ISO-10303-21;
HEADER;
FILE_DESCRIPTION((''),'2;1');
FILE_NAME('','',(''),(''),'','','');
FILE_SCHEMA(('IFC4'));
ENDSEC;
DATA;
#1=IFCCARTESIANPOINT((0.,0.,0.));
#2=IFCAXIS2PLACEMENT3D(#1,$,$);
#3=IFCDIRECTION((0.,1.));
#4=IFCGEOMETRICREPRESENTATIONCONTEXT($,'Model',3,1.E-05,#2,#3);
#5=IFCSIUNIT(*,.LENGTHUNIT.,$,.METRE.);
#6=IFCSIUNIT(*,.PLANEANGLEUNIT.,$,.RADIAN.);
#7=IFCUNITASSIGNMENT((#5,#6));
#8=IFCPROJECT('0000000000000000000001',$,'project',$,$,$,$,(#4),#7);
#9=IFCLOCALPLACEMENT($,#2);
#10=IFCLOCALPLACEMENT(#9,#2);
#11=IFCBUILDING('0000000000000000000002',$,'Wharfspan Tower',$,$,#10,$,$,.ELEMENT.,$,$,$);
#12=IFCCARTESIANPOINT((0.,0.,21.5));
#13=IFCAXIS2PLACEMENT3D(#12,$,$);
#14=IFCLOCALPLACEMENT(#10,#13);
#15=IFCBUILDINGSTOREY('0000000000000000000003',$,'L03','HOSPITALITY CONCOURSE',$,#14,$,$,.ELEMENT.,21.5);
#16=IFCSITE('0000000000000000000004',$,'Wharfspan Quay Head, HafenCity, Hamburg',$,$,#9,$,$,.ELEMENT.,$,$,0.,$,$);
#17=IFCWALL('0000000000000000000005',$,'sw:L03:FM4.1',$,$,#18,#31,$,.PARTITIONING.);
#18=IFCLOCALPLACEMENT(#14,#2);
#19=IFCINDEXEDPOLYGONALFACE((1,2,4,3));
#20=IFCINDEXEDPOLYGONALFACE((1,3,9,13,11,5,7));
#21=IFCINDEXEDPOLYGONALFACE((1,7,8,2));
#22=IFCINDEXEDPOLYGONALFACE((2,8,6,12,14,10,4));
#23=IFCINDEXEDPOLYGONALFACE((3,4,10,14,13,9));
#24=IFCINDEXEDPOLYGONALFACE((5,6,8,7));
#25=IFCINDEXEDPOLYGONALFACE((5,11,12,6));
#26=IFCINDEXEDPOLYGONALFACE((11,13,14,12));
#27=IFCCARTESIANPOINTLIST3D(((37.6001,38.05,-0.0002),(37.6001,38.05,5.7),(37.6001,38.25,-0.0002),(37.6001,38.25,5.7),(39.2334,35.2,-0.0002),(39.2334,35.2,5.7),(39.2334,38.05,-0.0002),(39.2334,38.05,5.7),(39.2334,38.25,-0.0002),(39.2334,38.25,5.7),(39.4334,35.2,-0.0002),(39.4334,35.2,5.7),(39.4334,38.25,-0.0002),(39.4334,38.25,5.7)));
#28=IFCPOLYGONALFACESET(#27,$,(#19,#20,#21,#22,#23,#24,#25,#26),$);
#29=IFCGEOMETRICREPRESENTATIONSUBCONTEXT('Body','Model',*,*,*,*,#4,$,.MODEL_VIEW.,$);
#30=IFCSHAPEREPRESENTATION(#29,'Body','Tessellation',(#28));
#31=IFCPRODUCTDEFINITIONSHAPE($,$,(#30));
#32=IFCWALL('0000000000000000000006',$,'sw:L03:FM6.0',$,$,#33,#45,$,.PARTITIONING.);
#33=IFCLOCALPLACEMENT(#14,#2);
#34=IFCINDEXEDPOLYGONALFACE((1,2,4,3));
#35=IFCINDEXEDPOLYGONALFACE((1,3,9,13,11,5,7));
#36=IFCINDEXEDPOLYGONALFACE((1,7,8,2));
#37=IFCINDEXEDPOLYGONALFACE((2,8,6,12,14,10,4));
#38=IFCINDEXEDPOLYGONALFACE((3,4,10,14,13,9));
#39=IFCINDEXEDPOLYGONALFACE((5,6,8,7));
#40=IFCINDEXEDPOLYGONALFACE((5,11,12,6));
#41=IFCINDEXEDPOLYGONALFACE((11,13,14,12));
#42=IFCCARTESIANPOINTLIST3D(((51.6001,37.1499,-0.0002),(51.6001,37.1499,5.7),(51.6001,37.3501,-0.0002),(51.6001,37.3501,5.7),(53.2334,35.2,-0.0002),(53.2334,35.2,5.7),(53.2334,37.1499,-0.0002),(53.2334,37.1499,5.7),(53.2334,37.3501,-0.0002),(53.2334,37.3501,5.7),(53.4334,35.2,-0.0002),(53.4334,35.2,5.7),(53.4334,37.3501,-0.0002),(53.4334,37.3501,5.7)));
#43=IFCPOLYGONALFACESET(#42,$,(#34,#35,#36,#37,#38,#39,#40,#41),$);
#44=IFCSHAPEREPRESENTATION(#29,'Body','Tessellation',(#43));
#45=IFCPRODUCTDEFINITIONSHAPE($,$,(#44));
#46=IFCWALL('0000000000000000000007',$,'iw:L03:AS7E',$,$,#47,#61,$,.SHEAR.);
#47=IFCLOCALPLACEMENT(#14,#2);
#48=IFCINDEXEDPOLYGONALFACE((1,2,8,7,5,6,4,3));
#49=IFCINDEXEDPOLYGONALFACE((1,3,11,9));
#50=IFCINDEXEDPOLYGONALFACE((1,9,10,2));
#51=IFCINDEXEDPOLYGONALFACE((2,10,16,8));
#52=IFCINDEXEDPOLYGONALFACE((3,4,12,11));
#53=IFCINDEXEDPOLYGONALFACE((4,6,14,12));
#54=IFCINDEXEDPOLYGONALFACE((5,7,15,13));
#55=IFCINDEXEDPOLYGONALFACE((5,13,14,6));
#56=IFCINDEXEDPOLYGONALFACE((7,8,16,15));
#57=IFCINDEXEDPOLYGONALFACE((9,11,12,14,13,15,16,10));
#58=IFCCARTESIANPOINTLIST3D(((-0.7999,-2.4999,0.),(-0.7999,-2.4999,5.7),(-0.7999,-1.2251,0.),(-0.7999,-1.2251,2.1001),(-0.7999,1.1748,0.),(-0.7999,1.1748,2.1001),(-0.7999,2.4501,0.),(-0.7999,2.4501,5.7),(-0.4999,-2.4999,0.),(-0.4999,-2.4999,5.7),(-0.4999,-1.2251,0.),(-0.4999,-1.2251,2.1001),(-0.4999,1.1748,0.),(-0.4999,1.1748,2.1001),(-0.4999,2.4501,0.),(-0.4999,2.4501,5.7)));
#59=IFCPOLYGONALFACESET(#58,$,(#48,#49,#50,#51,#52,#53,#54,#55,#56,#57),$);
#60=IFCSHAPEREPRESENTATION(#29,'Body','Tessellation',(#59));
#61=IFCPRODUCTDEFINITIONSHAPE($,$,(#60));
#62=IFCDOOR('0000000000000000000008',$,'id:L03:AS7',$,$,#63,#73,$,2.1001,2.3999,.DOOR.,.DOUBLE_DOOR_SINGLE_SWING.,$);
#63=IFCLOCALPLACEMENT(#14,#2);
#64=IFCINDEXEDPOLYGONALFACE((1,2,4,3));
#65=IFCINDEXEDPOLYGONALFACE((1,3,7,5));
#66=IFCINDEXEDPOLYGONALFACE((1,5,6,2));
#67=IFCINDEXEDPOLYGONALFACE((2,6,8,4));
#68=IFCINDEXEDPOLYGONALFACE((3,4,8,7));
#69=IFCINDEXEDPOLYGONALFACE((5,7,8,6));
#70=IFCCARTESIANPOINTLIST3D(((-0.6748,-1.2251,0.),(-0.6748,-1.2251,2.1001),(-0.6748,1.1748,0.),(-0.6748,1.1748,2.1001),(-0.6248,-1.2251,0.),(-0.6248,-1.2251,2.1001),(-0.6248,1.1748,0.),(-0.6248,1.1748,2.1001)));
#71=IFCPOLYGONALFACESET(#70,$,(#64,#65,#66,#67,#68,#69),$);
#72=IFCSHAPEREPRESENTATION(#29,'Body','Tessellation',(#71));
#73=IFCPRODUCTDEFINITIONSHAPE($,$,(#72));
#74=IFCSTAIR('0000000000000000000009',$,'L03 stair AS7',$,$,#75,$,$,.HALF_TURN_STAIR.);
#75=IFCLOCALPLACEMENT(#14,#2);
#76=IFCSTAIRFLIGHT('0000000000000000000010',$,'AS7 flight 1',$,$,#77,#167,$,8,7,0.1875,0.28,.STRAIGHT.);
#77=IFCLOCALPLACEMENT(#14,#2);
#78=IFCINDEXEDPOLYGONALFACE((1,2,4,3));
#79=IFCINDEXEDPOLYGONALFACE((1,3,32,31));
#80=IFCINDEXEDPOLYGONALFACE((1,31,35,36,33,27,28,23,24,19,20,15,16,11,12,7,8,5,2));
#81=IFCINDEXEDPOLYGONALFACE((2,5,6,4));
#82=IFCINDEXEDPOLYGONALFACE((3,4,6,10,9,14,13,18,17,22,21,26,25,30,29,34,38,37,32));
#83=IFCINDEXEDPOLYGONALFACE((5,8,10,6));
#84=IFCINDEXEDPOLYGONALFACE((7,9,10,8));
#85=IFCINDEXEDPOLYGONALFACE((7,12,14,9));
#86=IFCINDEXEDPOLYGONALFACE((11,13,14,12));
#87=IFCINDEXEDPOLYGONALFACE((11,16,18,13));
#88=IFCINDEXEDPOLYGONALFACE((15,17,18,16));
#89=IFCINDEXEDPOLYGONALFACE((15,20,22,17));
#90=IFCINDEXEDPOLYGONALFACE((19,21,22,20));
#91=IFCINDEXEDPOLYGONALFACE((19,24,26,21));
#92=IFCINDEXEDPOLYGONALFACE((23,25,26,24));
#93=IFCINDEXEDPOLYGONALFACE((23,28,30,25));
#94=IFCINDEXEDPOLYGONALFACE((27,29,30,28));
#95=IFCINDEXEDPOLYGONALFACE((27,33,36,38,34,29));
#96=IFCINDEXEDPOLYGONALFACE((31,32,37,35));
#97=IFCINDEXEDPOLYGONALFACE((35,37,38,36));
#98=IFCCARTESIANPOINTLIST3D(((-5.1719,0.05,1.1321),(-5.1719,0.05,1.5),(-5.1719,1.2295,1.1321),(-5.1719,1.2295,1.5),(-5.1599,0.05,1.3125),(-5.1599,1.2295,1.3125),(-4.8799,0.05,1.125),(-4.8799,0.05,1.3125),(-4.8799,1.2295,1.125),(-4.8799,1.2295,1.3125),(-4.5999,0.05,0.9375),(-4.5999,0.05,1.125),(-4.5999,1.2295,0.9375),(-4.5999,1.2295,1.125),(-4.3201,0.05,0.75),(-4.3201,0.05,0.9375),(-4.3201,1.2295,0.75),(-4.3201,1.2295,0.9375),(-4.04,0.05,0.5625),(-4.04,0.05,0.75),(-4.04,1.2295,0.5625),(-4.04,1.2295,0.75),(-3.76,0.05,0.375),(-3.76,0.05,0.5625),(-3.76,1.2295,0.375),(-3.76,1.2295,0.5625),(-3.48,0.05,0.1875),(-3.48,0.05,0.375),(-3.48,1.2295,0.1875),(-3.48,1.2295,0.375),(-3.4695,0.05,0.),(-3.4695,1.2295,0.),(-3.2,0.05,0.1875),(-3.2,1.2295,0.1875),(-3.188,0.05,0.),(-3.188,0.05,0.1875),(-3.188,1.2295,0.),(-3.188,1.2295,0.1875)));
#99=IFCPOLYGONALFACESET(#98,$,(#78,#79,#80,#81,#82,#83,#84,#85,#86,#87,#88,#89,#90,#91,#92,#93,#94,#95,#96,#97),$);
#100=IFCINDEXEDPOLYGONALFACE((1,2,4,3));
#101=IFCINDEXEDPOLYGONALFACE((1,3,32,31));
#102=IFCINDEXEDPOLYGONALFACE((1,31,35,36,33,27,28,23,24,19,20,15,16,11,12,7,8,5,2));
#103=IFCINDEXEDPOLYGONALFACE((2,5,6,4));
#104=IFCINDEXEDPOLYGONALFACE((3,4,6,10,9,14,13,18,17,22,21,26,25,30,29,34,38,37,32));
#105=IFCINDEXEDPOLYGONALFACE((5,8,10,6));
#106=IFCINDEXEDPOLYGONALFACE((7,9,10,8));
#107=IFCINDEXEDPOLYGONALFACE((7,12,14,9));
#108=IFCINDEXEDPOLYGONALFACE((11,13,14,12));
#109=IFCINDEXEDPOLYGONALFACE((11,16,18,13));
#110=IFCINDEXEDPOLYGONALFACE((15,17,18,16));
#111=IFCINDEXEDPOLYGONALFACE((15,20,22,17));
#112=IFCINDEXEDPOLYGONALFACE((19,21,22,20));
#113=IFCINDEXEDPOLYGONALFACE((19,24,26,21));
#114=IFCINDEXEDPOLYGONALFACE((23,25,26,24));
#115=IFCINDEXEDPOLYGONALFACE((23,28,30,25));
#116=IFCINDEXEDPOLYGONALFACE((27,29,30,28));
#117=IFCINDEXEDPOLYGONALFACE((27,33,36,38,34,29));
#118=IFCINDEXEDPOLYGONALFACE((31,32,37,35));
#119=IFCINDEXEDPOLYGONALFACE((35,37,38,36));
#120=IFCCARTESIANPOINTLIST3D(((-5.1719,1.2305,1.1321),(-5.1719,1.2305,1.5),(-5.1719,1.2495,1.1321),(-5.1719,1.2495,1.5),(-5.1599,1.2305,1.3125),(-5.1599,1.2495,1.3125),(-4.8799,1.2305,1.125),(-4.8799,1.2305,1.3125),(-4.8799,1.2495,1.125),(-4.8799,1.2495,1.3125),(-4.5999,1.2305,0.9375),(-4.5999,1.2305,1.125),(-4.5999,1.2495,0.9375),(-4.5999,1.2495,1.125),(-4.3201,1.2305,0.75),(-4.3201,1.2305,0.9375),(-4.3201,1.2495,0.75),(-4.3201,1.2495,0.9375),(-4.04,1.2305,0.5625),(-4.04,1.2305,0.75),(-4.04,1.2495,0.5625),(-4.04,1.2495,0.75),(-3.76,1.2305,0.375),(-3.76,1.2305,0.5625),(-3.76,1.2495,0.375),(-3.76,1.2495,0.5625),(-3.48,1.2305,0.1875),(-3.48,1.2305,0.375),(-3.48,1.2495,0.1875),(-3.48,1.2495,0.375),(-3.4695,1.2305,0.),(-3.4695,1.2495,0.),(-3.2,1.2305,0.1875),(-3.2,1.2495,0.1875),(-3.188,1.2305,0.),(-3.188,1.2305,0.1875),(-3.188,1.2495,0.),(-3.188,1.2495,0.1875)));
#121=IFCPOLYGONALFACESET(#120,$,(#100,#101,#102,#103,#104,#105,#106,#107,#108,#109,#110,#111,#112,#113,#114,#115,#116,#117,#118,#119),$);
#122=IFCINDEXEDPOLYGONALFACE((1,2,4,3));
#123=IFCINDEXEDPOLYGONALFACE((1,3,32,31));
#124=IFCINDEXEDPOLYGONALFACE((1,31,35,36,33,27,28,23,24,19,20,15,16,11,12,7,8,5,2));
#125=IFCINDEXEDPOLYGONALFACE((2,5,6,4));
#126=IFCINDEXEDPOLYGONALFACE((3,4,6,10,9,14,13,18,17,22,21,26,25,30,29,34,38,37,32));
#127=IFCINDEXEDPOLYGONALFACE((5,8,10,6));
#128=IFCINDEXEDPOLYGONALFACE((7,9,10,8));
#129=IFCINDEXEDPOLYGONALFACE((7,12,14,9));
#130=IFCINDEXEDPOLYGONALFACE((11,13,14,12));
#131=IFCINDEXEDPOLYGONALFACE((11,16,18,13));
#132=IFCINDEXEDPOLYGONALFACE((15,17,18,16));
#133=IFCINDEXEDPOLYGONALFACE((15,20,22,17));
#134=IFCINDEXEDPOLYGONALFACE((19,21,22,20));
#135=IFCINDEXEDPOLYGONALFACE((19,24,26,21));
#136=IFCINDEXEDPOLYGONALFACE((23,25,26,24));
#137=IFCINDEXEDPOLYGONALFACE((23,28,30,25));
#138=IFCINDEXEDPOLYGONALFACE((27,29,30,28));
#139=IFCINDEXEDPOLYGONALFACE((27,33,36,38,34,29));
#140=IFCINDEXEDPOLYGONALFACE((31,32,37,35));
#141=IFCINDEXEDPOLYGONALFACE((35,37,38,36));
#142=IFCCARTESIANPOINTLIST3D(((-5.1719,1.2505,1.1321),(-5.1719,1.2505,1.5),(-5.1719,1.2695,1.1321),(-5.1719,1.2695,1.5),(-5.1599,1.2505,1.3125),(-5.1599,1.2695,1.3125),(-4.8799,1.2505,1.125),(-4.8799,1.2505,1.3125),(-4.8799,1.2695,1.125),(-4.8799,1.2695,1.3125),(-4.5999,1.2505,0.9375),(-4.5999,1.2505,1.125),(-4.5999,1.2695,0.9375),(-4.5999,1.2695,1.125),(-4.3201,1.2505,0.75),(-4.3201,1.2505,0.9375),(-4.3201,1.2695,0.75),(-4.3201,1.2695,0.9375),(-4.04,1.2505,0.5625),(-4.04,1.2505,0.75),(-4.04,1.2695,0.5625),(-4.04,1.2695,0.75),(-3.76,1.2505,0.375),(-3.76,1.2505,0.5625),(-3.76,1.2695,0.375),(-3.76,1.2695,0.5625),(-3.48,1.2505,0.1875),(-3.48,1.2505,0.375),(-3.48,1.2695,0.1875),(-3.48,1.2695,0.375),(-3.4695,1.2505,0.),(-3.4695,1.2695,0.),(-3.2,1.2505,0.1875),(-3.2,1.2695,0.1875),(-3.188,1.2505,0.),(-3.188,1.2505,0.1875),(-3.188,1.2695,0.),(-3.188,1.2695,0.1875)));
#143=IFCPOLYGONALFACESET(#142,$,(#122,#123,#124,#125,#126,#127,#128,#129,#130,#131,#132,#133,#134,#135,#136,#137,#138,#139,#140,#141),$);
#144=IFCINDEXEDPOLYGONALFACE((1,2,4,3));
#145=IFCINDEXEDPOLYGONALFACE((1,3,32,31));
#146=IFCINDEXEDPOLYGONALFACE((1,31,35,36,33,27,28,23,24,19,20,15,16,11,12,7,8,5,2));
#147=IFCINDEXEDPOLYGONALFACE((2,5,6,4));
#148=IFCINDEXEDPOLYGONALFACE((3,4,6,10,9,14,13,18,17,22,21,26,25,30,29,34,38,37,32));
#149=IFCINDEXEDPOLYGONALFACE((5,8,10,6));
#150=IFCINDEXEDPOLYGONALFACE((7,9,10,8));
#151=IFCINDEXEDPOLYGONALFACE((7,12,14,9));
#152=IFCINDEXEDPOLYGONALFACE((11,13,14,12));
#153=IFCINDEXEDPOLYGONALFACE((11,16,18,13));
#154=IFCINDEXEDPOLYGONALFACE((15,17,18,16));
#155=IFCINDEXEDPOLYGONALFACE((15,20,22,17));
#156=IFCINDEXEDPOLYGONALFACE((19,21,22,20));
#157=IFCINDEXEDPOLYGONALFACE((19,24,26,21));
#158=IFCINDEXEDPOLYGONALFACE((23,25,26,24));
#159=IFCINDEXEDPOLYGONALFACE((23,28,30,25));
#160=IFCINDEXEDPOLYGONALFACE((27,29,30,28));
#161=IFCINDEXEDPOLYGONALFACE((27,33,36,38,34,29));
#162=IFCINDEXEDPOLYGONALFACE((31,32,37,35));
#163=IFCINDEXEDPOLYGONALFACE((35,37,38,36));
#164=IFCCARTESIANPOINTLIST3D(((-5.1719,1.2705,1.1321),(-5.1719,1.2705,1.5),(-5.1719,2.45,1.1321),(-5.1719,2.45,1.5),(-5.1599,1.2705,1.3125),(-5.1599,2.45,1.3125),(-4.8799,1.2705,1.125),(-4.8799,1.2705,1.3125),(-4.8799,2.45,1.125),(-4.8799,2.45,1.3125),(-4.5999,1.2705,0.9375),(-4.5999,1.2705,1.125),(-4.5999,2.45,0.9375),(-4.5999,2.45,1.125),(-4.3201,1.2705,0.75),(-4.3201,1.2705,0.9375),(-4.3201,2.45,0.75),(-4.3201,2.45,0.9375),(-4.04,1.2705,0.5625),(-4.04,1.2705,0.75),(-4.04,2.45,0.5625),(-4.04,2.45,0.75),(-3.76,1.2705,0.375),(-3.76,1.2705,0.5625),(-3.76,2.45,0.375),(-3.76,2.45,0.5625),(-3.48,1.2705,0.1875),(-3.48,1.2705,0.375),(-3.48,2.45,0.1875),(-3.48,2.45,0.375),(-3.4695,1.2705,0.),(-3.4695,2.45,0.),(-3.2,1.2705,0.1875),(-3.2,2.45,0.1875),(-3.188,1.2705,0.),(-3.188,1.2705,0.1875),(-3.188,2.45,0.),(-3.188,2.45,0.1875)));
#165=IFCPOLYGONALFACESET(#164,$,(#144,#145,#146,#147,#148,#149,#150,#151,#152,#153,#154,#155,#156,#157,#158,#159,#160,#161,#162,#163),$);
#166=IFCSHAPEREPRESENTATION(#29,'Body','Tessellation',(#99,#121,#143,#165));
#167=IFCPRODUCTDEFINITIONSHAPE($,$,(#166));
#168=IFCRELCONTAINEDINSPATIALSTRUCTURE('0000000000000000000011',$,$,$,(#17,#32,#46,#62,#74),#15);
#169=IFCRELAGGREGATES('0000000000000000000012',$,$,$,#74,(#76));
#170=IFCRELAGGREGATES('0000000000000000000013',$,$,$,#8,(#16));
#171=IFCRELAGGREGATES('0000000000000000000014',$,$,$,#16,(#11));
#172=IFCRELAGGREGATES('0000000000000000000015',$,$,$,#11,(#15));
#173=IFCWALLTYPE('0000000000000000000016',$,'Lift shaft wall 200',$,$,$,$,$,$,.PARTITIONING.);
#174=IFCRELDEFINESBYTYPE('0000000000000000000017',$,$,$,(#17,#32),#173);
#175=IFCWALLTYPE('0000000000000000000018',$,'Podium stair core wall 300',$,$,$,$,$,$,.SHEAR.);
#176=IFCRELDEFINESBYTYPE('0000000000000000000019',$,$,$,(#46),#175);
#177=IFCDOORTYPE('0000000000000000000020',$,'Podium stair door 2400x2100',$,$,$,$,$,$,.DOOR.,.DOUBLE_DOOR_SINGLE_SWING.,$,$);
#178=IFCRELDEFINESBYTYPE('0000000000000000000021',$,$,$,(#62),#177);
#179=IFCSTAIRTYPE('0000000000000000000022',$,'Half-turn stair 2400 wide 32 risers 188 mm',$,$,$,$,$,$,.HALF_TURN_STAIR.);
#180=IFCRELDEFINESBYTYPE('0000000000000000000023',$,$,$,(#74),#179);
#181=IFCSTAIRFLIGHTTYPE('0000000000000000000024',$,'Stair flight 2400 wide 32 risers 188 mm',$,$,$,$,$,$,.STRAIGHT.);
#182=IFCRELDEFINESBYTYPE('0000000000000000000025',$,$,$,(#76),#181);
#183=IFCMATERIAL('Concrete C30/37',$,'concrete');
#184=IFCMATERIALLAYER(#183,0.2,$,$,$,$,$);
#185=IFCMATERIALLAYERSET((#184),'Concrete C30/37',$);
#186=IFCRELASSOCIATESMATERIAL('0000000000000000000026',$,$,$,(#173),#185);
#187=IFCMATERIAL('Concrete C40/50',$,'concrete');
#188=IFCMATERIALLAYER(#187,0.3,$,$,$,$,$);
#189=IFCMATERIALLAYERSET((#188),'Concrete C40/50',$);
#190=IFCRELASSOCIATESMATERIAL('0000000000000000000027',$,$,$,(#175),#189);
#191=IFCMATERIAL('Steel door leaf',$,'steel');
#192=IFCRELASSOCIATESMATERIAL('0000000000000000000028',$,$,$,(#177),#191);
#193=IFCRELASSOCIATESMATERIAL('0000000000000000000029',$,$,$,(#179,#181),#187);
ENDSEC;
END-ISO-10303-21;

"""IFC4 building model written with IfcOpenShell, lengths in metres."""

from ifc_helpers import new_model, si_unit, direction, frame, frame_2d, origin, place, context, subcontext, project, spatial, polyline, rectangle, outline, extrude, material, layer, layer_set, type_object, element, fill, aggregate, save


model = new_model("IFC4")

# Units and contexts
model_context = context("Model", 3, precision=1e-05, world=origin(), true_north=direction((0.0, 1.0)))
body_context = subcontext(model_context, "Body", "Model", "MODEL_VIEW")
ifc_project = project(units=[si_unit("LENGTHUNIT", "METRE"), si_unit("PLANEANGLEUNIT", "RADIAN")], contexts=[model_context])

# Site, building, storey
site_placement = place(None, origin())
site = spatial("IfcSite", under=ifc_project, at=site_placement, Name="Wharfspan Quay Head, HafenCity, Hamburg", CompositionType="ELEMENT", RefElevation=0.0)
building_placement = place(site_placement, origin())
building = spatial("IfcBuilding", under=site, at=building_placement, Name="Wharfspan Tower", CompositionType="ELEMENT")
storey_placement = place(building_placement, frame((0.0, 0.0, 21.5)))
storey = spatial("IfcBuildingStorey", under=building, at=storey_placement, Name="L03", Description="HOSPITALITY CONCOURSE", CompositionType="ELEMENT", Elevation=21.5)

# Walls
ifc_material_1 = material(Name="Concrete C30/37", Category="concrete")
ifc_layer_1 = layer(ifc_material_1, 0.2)
ifc_layer_set_1 = layer_set([ifc_layer_1], Name="Concrete C30/37")
wall_type_1 = type_object("IfcWallType", Name="Lift shaft wall 200", PredefinedType="PARTITIONING", material=ifc_layer_set_1)
wall_1_placement = place(storey_placement, frame((0.0, 0.0, -0.0002)))
element("IfcWall", 1, at=wall_1_placement, inside=storey, type_object=wall_type_1, Name="sw:L03:FM4.1", PredefinedType="PARTITIONING", context=body_context, shape_type="SweptSolid", body=[
    extrude(outline(polyline([(39.2334, 38.05), (37.6001, 38.05), (37.6001, 38.25), (39.2334, 38.25), (39.4333, 38.25), (39.4333, 35.2), (39.2334, 35.2), (39.2334, 38.05)])), origin(), (0.0, 0.0, 1.0), 5.7002),
])
wall_2_placement = place(storey_placement, frame((0.0, 0.0, -0.0002)))
element("IfcWall", 2, at=wall_2_placement, inside=storey, type_object=wall_type_1, Name="sw:L03:FM6.0", PredefinedType="PARTITIONING", context=body_context, shape_type="SweptSolid", body=[
    extrude(outline(polyline([(53.2334, 37.1499), (51.6001, 37.1499), (51.6001, 37.3501), (53.2334, 37.3501), (53.4333, 37.3501), (53.4333, 35.2), (53.2334, 35.2), (53.2334, 37.1499)])), origin(), (0.0, 0.0, 1.0), 5.7002),
])

# Wall, opening, door
ifc_material_2 = material(Name="Concrete C40/50", Category="concrete")
ifc_layer_2 = layer(ifc_material_2, 0.3)
ifc_layer_set_2 = layer_set([ifc_layer_2], Name="Concrete C40/50")
wall_type_2 = type_object("IfcWallType", Name="Podium stair core wall 300", PredefinedType="SHEAR", material=ifc_layer_set_2)
wall_3_placement = place(storey_placement, frame((-0.6499, -2.5, 0.0), z_axis=(0.0, 0.0, 1.0), x_axis=(0.0, 1.0, 0.0)))
wall_3 = element("IfcWall", 3, at=wall_3_placement, inside=storey, type_object=wall_type_2, Name="iw:L03:AS7E", PredefinedType="SHEAR", context=body_context, shape_type="SweptSolid", body=[
    extrude(rectangle(XDim=4.95, YDim=0.3, at=frame_2d((2.4751, 0.0))), origin(), (0.0, 0.0, 1.0), 5.7),
])
opening_placement = place(wall_3_placement, frame((1.2749, 0.0, 0.0)))
opening = element("IfcOpeningElement", 4, at=opening_placement, cuts=wall_3, PredefinedType="OPENING", context=body_context, shape_type="SweptSolid", body=[
    extrude(rectangle(XDim=2.3999, YDim=2.1001, at=frame_2d((1.2, 1.05))), frame((0.0, 0.1599, 0.0), z_axis=(0.0, -1.0, 0.0), x_axis=(1.0, 0.0, 0.0)), (0.0, 0.0, 1.0), 0.3201),
])
ifc_material_3 = material(Name="Steel door leaf", Category="steel")
door_type = type_object("IfcDoorType", Name="Podium stair door 2400x2100", OperationType="DOUBLE_DOOR_SINGLE_SWING", PredefinedType="DOOR", material=ifc_material_3)
door_placement = place(opening_placement, origin())
door = element("IfcDoor", 5, at=door_placement, inside=storey, type_object=door_type, Name="id:L03:AS7", OperationType="DOUBLE_DOOR_SINGLE_SWING", OverallHeight=2.1001, OverallWidth=2.3999, PredefinedType="DOOR", context=body_context, shape_type="SweptSolid", body=[
    extrude(rectangle(XDim=2.3999, YDim=2.1001, at=frame_2d((1.2, 1.05))), frame((0.0, 0.0249, 0.0), z_axis=(0.0, -1.0, 0.0), x_axis=(1.0, 0.0, 0.0)), (0.0, 0.0, 1.0), 0.05),
])
fill(opening, door)

# Stair, stair flight
stair_type = type_object("IfcStairType", Name="Half-turn stair 2400 wide 32 risers 188 mm", PredefinedType="HALF_TURN_STAIR", material=ifc_material_2)
stair_placement = place(storey_placement, origin())
stair = element("IfcStair", 6, at=stair_placement, inside=storey, type_object=stair_type, Name="L03 stair AS7", PredefinedType="HALF_TURN_STAIR")
stair_flight_type = type_object("IfcStairFlightType", Name="Stair flight 2400 wide 32 risers 188 mm", PredefinedType="STRAIGHT", material=ifc_material_2)
stair_flight_1_placement = place(storey_placement, frame((-3.2, 1.25, 0.0), z_axis=(0.0, 0.0, 1.0), x_axis=(-1.0, 0.0, 0.0)))
stair_flight_1 = element("IfcStairFlight", 7, at=stair_flight_1_placement, type_object=stair_flight_type, Name="AS7 flight 1", NumberOfRisers=8, NumberOfTreads=7, PredefinedType="STRAIGHT", RiserHeight=0.1875, TreadLength=0.28, context=body_context, shape_type="SweptSolid", body=[
    extrude(outline(polyline([(-0.012, 0.0), (-0.012, 0.1875), (0.0, 0.1875), (0.28, 0.1875), (0.28, 0.375), (0.5601, 0.375), (0.5601, 0.5625), (0.8401, 0.5625), (0.8401, 0.75), (1.1201, 0.75), (1.1201, 0.9375), (1.3999, 0.9375), (1.3999, 1.125), (1.6799, 1.125), (1.6799, 1.3125), (1.96, 1.3125), (1.9719, 1.5), (1.9719, 1.1321), (0.2695, 0.0), (-0.012, 0.0)])), frame((0.0, 1.2, 0.0), z_axis=(0.0, -1.0, 0.0), x_axis=(1.0, 0.0, 0.0)), (0.0, 0.0, 1.0), 1.1794),
    extrude(outline(polyline([(-0.012, 0.0), (-0.012, 0.1875), (0.0, 0.1875), (0.28, 0.1875), (0.28, 0.375), (0.5601, 0.375), (0.5601, 0.5625), (0.8401, 0.5625), (0.8401, 0.75), (1.1201, 0.75), (1.1201, 0.9375), (1.3999, 0.9375), (1.3999, 1.125), (1.6799, 1.125), (1.6799, 1.3125), (1.96, 1.3125), (1.9719, 1.5), (1.9719, 1.1321), (0.2695, 0.0), (-0.012, 0.0)])), frame((0.0, 0.0195, 0.0), z_axis=(0.0, -1.0, 0.0), x_axis=(1.0, 0.0, 0.0)), (0.0, 0.0, 1.0), 0.019),
    extrude(outline(polyline([(-0.012, 0.0), (-0.012, 0.1875), (0.0, 0.1875), (0.28, 0.1875), (0.28, 0.375), (0.5601, 0.375), (0.5601, 0.5625), (0.8401, 0.5625), (0.8401, 0.75), (1.1201, 0.75), (1.1201, 0.9375), (1.3999, 0.9375), (1.3999, 1.125), (1.6799, 1.125), (1.6799, 1.3125), (1.96, 1.3125), (1.9719, 1.5), (1.9719, 1.1321), (0.2695, 0.0), (-0.012, 0.0)])), frame((0.0, -0.0005, 0.0), z_axis=(0.0, -1.0, 0.0), x_axis=(1.0, 0.0, 0.0)), (0.0, 0.0, 1.0), 0.019),
    extrude(outline(polyline([(-0.012, 0.0), (-0.012, 0.1875), (0.0, 0.1875), (0.28, 0.1875), (0.28, 0.375), (0.5601, 0.375), (0.5601, 0.5625), (0.8401, 0.5625), (0.8401, 0.75), (1.1201, 0.75), (1.1201, 0.9375), (1.3999, 0.9375), (1.3999, 1.125), (1.6799, 1.125), (1.6799, 1.3125), (1.96, 1.3125), (1.9719, 1.5), (1.9719, 1.1321), (0.2695, 0.0), (-0.012, 0.0)])), frame((0.0, -0.0205, 0.0), z_axis=(0.0, -1.0, 0.0), x_axis=(1.0, 0.0, 0.0)), (0.0, 0.0, 1.0), 1.1794),
])
aggregate(stair, [stair_flight_1])

save(model, "model.ifc")
